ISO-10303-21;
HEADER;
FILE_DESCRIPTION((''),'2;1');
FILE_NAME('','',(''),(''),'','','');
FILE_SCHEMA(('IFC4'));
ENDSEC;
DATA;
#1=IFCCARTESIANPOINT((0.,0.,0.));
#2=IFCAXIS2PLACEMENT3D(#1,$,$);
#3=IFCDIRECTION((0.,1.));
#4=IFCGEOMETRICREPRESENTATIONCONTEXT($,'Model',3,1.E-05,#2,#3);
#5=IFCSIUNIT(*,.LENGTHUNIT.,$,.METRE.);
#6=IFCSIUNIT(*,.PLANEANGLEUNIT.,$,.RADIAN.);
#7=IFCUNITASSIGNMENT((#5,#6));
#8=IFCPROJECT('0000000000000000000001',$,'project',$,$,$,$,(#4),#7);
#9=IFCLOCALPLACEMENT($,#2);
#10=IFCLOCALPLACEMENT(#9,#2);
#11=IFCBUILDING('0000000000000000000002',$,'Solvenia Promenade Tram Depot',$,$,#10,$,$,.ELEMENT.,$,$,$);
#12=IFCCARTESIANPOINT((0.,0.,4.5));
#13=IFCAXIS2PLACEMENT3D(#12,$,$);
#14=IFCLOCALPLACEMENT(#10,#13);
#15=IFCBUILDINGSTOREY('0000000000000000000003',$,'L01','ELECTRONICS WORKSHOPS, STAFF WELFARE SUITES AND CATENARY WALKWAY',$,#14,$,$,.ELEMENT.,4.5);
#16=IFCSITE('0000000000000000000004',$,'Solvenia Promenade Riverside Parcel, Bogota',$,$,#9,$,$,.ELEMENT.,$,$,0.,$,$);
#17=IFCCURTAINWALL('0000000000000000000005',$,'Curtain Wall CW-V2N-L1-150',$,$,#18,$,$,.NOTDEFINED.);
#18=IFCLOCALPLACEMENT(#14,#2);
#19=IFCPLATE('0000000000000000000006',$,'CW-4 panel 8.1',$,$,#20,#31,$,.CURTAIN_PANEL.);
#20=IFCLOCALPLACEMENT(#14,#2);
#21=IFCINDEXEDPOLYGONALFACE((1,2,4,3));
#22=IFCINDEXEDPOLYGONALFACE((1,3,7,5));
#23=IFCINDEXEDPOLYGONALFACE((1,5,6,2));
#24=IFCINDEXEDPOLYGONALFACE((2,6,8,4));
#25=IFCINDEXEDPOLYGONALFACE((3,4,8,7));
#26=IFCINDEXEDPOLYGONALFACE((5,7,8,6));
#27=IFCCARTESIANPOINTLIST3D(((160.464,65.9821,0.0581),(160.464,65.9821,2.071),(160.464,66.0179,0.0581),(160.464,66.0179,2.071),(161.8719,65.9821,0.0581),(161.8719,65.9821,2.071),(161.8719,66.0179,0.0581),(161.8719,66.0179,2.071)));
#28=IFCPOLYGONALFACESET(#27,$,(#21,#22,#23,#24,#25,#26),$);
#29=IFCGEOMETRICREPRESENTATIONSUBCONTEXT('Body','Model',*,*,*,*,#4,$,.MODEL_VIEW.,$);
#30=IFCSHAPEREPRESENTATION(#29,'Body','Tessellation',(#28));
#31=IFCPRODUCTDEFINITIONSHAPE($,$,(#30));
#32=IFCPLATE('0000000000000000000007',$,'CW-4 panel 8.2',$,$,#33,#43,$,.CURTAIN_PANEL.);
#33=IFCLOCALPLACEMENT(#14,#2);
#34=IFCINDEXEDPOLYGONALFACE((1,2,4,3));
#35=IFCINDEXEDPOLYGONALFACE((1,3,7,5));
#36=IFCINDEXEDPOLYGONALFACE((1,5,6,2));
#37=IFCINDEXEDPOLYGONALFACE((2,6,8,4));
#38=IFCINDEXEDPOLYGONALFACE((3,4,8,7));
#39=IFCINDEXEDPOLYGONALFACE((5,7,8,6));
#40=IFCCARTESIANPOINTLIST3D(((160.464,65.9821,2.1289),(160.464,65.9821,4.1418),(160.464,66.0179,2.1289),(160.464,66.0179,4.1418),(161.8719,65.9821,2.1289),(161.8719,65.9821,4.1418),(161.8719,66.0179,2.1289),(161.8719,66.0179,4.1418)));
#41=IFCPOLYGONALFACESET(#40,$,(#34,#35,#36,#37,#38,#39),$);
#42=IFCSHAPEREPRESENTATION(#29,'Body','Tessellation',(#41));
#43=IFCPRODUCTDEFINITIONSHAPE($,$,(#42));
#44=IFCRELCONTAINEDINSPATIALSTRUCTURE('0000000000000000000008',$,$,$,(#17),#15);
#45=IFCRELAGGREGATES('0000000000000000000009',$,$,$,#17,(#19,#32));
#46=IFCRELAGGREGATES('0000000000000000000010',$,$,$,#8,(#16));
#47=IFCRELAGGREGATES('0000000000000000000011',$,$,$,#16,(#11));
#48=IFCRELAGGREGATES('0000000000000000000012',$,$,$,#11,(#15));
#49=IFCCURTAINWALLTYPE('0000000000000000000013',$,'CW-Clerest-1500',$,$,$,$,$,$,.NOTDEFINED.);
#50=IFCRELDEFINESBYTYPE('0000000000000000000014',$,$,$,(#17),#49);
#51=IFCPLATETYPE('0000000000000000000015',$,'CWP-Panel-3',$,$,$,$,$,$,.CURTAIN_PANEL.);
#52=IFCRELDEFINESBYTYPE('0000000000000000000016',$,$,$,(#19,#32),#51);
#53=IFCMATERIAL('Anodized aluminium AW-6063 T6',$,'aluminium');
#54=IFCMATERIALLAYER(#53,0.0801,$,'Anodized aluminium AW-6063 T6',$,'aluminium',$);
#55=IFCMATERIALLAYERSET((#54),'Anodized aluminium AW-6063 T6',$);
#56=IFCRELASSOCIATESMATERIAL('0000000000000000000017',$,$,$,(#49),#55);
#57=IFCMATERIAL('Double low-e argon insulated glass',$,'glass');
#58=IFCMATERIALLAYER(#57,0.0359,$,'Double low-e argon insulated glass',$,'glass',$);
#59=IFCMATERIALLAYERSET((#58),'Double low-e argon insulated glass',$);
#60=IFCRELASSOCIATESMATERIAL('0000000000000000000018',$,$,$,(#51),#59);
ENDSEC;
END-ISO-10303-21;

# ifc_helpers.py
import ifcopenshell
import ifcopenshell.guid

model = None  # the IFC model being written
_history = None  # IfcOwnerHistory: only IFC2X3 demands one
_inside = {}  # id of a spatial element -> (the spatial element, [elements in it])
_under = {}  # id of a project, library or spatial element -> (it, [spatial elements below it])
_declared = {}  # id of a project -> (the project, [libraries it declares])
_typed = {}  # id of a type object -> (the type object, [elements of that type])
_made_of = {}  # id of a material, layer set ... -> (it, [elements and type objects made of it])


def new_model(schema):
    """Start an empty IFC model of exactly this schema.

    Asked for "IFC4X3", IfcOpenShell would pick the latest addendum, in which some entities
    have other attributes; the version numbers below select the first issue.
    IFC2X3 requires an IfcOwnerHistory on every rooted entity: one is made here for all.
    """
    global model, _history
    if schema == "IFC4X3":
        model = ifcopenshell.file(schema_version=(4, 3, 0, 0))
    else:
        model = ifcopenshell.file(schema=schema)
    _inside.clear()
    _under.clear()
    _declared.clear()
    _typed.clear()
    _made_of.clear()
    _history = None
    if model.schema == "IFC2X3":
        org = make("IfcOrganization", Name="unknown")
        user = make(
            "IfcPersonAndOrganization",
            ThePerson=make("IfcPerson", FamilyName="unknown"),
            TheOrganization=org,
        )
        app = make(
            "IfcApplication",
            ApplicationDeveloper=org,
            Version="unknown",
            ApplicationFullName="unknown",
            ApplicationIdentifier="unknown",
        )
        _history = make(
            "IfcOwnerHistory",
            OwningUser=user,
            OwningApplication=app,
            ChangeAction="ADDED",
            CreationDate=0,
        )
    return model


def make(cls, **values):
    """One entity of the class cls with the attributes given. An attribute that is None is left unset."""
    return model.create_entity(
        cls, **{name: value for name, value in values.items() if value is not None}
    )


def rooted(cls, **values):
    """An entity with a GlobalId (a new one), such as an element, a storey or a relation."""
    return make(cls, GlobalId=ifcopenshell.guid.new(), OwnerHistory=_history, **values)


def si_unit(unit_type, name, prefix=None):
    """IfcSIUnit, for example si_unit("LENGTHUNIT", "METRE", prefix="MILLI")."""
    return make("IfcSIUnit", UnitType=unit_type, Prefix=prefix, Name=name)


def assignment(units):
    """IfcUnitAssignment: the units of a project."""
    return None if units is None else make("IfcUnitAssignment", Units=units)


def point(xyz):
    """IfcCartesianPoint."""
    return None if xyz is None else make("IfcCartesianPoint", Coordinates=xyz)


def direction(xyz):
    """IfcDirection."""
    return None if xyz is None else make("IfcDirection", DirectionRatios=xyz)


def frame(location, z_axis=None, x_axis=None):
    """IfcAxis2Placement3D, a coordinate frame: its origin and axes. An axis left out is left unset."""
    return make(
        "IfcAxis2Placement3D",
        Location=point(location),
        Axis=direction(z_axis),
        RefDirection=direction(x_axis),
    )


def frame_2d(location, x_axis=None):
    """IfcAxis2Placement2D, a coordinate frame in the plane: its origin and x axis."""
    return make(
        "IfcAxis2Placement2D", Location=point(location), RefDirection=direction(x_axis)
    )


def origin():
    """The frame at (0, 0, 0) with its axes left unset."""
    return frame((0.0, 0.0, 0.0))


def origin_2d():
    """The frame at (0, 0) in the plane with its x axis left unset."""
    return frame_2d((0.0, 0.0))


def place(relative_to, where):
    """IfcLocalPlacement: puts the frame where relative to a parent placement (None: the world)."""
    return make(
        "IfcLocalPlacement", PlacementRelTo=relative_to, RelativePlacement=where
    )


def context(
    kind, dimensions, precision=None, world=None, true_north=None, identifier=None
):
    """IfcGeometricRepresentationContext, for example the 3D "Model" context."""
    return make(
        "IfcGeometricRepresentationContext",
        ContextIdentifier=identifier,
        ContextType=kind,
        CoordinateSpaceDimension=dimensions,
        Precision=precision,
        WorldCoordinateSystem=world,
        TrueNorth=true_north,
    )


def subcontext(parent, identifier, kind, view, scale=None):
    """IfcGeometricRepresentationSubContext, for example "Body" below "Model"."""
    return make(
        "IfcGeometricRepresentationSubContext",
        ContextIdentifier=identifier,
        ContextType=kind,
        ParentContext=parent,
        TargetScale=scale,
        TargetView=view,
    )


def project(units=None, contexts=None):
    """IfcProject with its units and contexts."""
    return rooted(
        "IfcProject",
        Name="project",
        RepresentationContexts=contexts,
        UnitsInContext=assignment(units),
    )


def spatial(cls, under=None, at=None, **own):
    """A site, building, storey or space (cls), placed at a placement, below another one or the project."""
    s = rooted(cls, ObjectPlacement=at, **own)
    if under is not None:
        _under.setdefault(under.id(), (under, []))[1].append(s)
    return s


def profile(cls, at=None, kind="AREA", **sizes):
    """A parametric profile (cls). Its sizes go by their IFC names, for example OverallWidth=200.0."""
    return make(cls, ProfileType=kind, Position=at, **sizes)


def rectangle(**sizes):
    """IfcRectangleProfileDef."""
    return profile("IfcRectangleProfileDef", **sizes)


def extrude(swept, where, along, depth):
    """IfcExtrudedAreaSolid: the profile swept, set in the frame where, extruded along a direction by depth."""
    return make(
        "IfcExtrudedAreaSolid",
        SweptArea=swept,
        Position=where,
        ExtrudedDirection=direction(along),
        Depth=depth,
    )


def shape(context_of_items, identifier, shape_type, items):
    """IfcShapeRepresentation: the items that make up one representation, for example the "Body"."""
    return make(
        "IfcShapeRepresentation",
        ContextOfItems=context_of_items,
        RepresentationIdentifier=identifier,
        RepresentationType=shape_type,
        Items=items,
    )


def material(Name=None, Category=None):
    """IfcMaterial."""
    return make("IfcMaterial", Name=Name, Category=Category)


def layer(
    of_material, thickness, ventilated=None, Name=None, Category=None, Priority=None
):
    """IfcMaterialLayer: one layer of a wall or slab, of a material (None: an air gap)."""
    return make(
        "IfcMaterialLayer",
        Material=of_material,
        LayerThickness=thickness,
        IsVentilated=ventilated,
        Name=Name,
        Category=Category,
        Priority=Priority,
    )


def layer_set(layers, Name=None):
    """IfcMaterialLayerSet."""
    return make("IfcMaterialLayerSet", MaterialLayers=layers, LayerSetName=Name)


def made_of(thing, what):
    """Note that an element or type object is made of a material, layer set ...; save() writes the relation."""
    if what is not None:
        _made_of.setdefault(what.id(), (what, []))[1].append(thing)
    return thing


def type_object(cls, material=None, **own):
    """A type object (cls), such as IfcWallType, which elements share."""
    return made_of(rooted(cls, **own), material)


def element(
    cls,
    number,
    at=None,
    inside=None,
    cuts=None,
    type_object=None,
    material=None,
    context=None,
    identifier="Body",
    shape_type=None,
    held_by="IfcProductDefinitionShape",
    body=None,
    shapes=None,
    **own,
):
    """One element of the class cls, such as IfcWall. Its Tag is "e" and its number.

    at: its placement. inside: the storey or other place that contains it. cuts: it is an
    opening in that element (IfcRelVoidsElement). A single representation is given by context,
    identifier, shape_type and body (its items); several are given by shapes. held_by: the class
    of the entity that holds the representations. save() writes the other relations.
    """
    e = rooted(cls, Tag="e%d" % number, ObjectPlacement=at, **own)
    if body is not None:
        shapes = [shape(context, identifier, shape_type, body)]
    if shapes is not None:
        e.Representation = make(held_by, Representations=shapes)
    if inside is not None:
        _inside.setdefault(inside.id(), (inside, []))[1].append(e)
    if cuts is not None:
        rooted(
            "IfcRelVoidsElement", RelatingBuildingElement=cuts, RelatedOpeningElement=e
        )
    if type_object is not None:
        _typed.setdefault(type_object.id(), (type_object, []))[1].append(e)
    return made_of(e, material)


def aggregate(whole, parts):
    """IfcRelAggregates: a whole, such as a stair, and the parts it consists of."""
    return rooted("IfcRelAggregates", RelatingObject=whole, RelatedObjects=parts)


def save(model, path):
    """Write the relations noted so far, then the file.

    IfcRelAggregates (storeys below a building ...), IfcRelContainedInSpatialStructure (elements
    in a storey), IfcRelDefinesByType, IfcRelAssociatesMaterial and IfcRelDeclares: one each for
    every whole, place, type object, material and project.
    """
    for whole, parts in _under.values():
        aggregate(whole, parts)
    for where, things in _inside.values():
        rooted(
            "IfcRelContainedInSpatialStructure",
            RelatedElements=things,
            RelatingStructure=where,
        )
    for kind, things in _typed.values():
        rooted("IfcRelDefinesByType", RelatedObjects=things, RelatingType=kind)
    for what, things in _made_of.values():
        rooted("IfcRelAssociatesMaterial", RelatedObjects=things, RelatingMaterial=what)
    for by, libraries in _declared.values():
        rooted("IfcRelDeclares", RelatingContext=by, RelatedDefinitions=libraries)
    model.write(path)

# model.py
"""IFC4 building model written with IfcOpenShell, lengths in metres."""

from ifc_helpers import new_model, si_unit, direction, frame, origin, origin_2d, place, context, subcontext, project, spatial, rectangle, extrude, material, layer, layer_set, type_object, element, aggregate, save


model = new_model("IFC4")

# Units and contexts
model_context = context("Model", 3, precision=1e-05, world=origin(), true_north=direction((0.0, 1.0)))
body_context = subcontext(model_context, "Body", "Model", "MODEL_VIEW")
ifc_project = project(units=[si_unit("LENGTHUNIT", "METRE"), si_unit("PLANEANGLEUNIT", "RADIAN")], contexts=[model_context])

# Site, building, storey
site_placement = place(None, origin())
site = spatial("IfcSite", under=ifc_project, at=site_placement, Name="Solvenia Promenade Riverside Parcel, Bogota", CompositionType="ELEMENT", RefElevation=0.0)
building_placement = place(site_placement, origin())
building = spatial("IfcBuilding", under=site, at=building_placement, Name="Solvenia Promenade Tram Depot", CompositionType="ELEMENT")
storey_placement = place(building_placement, frame((0.0, 0.0, 4.5)))
storey = spatial("IfcBuildingStorey", under=building, at=storey_placement, Name="L01", Description="ELECTRONICS WORKSHOPS, STAFF WELFARE SUITES AND CATENARY WALKWAY", CompositionType="ELEMENT", Elevation=4.5)

# Curtain wall, plates
ifc_material_1 = material(Name="Anodized aluminium AW-6063 T6", Category="aluminium")
ifc_layer_1 = layer(ifc_material_1, 0.0801, Name="Anodized aluminium AW-6063 T6", Category="aluminium")
ifc_layer_set_1 = layer_set([ifc_layer_1], Name="Anodized aluminium AW-6063 T6")
curtain_wall_type = type_object("IfcCurtainWallType", Name="CW-Clerest-1500", PredefinedType="NOTDEFINED", material=ifc_layer_set_1)
curtain_wall_placement = place(storey_placement, origin())
curtain_wall = element("IfcCurtainWall", 1, at=curtain_wall_placement, inside=storey, type_object=curtain_wall_type, Name="Curtain Wall CW-V2N-L1-150", PredefinedType="NOTDEFINED")
ifc_material_2 = material(Name="Double low-e argon insulated glass", Category="glass")
ifc_layer_2 = layer(ifc_material_2, 0.0359, Name="Double low-e argon insulated glass", Category="glass")
ifc_layer_set_2 = layer_set([ifc_layer_2], Name="Double low-e argon insulated glass")
plate_type = type_object("IfcPlateType", Name="CWP-Panel-3", PredefinedType="CURTAIN_PANEL", material=ifc_layer_set_2)
plate_1_placement = place(storey_placement, frame((161.168, 66.0, 0.0581), z_axis=(0.0, 0.0, 1.0), x_axis=(1.0, 0.0, 0.0)))
plate_1 = element("IfcPlate", 2, at=plate_1_placement, type_object=plate_type, Name="CW-4 panel 8.1", PredefinedType="CURTAIN_PANEL", context=body_context, shape_type="SweptSolid", body=[
    extrude(rectangle(XDim=1.408, YDim=0.0359, at=origin_2d()), origin(), (0.0, 0.0, 1.0), 2.0129),
])
plate_2_placement = place(storey_placement, frame((161.168, 66.0, 2.1289), z_axis=(0.0, 0.0, 1.0), x_axis=(1.0, 0.0, 0.0)))
plate_2 = element("IfcPlate", 3, at=plate_2_placement, type_object=plate_type, Name="CW-4 panel 8.2", PredefinedType="CURTAIN_PANEL", context=body_context, shape_type="SweptSolid", body=[
    extrude(rectangle(XDim=1.408, YDim=0.0359, at=origin_2d()), origin(), (0.0, 0.0, 1.0), 2.0129),
])
aggregate(curtain_wall, [plate_1, plate_2])

save(model, "model.ifc")
